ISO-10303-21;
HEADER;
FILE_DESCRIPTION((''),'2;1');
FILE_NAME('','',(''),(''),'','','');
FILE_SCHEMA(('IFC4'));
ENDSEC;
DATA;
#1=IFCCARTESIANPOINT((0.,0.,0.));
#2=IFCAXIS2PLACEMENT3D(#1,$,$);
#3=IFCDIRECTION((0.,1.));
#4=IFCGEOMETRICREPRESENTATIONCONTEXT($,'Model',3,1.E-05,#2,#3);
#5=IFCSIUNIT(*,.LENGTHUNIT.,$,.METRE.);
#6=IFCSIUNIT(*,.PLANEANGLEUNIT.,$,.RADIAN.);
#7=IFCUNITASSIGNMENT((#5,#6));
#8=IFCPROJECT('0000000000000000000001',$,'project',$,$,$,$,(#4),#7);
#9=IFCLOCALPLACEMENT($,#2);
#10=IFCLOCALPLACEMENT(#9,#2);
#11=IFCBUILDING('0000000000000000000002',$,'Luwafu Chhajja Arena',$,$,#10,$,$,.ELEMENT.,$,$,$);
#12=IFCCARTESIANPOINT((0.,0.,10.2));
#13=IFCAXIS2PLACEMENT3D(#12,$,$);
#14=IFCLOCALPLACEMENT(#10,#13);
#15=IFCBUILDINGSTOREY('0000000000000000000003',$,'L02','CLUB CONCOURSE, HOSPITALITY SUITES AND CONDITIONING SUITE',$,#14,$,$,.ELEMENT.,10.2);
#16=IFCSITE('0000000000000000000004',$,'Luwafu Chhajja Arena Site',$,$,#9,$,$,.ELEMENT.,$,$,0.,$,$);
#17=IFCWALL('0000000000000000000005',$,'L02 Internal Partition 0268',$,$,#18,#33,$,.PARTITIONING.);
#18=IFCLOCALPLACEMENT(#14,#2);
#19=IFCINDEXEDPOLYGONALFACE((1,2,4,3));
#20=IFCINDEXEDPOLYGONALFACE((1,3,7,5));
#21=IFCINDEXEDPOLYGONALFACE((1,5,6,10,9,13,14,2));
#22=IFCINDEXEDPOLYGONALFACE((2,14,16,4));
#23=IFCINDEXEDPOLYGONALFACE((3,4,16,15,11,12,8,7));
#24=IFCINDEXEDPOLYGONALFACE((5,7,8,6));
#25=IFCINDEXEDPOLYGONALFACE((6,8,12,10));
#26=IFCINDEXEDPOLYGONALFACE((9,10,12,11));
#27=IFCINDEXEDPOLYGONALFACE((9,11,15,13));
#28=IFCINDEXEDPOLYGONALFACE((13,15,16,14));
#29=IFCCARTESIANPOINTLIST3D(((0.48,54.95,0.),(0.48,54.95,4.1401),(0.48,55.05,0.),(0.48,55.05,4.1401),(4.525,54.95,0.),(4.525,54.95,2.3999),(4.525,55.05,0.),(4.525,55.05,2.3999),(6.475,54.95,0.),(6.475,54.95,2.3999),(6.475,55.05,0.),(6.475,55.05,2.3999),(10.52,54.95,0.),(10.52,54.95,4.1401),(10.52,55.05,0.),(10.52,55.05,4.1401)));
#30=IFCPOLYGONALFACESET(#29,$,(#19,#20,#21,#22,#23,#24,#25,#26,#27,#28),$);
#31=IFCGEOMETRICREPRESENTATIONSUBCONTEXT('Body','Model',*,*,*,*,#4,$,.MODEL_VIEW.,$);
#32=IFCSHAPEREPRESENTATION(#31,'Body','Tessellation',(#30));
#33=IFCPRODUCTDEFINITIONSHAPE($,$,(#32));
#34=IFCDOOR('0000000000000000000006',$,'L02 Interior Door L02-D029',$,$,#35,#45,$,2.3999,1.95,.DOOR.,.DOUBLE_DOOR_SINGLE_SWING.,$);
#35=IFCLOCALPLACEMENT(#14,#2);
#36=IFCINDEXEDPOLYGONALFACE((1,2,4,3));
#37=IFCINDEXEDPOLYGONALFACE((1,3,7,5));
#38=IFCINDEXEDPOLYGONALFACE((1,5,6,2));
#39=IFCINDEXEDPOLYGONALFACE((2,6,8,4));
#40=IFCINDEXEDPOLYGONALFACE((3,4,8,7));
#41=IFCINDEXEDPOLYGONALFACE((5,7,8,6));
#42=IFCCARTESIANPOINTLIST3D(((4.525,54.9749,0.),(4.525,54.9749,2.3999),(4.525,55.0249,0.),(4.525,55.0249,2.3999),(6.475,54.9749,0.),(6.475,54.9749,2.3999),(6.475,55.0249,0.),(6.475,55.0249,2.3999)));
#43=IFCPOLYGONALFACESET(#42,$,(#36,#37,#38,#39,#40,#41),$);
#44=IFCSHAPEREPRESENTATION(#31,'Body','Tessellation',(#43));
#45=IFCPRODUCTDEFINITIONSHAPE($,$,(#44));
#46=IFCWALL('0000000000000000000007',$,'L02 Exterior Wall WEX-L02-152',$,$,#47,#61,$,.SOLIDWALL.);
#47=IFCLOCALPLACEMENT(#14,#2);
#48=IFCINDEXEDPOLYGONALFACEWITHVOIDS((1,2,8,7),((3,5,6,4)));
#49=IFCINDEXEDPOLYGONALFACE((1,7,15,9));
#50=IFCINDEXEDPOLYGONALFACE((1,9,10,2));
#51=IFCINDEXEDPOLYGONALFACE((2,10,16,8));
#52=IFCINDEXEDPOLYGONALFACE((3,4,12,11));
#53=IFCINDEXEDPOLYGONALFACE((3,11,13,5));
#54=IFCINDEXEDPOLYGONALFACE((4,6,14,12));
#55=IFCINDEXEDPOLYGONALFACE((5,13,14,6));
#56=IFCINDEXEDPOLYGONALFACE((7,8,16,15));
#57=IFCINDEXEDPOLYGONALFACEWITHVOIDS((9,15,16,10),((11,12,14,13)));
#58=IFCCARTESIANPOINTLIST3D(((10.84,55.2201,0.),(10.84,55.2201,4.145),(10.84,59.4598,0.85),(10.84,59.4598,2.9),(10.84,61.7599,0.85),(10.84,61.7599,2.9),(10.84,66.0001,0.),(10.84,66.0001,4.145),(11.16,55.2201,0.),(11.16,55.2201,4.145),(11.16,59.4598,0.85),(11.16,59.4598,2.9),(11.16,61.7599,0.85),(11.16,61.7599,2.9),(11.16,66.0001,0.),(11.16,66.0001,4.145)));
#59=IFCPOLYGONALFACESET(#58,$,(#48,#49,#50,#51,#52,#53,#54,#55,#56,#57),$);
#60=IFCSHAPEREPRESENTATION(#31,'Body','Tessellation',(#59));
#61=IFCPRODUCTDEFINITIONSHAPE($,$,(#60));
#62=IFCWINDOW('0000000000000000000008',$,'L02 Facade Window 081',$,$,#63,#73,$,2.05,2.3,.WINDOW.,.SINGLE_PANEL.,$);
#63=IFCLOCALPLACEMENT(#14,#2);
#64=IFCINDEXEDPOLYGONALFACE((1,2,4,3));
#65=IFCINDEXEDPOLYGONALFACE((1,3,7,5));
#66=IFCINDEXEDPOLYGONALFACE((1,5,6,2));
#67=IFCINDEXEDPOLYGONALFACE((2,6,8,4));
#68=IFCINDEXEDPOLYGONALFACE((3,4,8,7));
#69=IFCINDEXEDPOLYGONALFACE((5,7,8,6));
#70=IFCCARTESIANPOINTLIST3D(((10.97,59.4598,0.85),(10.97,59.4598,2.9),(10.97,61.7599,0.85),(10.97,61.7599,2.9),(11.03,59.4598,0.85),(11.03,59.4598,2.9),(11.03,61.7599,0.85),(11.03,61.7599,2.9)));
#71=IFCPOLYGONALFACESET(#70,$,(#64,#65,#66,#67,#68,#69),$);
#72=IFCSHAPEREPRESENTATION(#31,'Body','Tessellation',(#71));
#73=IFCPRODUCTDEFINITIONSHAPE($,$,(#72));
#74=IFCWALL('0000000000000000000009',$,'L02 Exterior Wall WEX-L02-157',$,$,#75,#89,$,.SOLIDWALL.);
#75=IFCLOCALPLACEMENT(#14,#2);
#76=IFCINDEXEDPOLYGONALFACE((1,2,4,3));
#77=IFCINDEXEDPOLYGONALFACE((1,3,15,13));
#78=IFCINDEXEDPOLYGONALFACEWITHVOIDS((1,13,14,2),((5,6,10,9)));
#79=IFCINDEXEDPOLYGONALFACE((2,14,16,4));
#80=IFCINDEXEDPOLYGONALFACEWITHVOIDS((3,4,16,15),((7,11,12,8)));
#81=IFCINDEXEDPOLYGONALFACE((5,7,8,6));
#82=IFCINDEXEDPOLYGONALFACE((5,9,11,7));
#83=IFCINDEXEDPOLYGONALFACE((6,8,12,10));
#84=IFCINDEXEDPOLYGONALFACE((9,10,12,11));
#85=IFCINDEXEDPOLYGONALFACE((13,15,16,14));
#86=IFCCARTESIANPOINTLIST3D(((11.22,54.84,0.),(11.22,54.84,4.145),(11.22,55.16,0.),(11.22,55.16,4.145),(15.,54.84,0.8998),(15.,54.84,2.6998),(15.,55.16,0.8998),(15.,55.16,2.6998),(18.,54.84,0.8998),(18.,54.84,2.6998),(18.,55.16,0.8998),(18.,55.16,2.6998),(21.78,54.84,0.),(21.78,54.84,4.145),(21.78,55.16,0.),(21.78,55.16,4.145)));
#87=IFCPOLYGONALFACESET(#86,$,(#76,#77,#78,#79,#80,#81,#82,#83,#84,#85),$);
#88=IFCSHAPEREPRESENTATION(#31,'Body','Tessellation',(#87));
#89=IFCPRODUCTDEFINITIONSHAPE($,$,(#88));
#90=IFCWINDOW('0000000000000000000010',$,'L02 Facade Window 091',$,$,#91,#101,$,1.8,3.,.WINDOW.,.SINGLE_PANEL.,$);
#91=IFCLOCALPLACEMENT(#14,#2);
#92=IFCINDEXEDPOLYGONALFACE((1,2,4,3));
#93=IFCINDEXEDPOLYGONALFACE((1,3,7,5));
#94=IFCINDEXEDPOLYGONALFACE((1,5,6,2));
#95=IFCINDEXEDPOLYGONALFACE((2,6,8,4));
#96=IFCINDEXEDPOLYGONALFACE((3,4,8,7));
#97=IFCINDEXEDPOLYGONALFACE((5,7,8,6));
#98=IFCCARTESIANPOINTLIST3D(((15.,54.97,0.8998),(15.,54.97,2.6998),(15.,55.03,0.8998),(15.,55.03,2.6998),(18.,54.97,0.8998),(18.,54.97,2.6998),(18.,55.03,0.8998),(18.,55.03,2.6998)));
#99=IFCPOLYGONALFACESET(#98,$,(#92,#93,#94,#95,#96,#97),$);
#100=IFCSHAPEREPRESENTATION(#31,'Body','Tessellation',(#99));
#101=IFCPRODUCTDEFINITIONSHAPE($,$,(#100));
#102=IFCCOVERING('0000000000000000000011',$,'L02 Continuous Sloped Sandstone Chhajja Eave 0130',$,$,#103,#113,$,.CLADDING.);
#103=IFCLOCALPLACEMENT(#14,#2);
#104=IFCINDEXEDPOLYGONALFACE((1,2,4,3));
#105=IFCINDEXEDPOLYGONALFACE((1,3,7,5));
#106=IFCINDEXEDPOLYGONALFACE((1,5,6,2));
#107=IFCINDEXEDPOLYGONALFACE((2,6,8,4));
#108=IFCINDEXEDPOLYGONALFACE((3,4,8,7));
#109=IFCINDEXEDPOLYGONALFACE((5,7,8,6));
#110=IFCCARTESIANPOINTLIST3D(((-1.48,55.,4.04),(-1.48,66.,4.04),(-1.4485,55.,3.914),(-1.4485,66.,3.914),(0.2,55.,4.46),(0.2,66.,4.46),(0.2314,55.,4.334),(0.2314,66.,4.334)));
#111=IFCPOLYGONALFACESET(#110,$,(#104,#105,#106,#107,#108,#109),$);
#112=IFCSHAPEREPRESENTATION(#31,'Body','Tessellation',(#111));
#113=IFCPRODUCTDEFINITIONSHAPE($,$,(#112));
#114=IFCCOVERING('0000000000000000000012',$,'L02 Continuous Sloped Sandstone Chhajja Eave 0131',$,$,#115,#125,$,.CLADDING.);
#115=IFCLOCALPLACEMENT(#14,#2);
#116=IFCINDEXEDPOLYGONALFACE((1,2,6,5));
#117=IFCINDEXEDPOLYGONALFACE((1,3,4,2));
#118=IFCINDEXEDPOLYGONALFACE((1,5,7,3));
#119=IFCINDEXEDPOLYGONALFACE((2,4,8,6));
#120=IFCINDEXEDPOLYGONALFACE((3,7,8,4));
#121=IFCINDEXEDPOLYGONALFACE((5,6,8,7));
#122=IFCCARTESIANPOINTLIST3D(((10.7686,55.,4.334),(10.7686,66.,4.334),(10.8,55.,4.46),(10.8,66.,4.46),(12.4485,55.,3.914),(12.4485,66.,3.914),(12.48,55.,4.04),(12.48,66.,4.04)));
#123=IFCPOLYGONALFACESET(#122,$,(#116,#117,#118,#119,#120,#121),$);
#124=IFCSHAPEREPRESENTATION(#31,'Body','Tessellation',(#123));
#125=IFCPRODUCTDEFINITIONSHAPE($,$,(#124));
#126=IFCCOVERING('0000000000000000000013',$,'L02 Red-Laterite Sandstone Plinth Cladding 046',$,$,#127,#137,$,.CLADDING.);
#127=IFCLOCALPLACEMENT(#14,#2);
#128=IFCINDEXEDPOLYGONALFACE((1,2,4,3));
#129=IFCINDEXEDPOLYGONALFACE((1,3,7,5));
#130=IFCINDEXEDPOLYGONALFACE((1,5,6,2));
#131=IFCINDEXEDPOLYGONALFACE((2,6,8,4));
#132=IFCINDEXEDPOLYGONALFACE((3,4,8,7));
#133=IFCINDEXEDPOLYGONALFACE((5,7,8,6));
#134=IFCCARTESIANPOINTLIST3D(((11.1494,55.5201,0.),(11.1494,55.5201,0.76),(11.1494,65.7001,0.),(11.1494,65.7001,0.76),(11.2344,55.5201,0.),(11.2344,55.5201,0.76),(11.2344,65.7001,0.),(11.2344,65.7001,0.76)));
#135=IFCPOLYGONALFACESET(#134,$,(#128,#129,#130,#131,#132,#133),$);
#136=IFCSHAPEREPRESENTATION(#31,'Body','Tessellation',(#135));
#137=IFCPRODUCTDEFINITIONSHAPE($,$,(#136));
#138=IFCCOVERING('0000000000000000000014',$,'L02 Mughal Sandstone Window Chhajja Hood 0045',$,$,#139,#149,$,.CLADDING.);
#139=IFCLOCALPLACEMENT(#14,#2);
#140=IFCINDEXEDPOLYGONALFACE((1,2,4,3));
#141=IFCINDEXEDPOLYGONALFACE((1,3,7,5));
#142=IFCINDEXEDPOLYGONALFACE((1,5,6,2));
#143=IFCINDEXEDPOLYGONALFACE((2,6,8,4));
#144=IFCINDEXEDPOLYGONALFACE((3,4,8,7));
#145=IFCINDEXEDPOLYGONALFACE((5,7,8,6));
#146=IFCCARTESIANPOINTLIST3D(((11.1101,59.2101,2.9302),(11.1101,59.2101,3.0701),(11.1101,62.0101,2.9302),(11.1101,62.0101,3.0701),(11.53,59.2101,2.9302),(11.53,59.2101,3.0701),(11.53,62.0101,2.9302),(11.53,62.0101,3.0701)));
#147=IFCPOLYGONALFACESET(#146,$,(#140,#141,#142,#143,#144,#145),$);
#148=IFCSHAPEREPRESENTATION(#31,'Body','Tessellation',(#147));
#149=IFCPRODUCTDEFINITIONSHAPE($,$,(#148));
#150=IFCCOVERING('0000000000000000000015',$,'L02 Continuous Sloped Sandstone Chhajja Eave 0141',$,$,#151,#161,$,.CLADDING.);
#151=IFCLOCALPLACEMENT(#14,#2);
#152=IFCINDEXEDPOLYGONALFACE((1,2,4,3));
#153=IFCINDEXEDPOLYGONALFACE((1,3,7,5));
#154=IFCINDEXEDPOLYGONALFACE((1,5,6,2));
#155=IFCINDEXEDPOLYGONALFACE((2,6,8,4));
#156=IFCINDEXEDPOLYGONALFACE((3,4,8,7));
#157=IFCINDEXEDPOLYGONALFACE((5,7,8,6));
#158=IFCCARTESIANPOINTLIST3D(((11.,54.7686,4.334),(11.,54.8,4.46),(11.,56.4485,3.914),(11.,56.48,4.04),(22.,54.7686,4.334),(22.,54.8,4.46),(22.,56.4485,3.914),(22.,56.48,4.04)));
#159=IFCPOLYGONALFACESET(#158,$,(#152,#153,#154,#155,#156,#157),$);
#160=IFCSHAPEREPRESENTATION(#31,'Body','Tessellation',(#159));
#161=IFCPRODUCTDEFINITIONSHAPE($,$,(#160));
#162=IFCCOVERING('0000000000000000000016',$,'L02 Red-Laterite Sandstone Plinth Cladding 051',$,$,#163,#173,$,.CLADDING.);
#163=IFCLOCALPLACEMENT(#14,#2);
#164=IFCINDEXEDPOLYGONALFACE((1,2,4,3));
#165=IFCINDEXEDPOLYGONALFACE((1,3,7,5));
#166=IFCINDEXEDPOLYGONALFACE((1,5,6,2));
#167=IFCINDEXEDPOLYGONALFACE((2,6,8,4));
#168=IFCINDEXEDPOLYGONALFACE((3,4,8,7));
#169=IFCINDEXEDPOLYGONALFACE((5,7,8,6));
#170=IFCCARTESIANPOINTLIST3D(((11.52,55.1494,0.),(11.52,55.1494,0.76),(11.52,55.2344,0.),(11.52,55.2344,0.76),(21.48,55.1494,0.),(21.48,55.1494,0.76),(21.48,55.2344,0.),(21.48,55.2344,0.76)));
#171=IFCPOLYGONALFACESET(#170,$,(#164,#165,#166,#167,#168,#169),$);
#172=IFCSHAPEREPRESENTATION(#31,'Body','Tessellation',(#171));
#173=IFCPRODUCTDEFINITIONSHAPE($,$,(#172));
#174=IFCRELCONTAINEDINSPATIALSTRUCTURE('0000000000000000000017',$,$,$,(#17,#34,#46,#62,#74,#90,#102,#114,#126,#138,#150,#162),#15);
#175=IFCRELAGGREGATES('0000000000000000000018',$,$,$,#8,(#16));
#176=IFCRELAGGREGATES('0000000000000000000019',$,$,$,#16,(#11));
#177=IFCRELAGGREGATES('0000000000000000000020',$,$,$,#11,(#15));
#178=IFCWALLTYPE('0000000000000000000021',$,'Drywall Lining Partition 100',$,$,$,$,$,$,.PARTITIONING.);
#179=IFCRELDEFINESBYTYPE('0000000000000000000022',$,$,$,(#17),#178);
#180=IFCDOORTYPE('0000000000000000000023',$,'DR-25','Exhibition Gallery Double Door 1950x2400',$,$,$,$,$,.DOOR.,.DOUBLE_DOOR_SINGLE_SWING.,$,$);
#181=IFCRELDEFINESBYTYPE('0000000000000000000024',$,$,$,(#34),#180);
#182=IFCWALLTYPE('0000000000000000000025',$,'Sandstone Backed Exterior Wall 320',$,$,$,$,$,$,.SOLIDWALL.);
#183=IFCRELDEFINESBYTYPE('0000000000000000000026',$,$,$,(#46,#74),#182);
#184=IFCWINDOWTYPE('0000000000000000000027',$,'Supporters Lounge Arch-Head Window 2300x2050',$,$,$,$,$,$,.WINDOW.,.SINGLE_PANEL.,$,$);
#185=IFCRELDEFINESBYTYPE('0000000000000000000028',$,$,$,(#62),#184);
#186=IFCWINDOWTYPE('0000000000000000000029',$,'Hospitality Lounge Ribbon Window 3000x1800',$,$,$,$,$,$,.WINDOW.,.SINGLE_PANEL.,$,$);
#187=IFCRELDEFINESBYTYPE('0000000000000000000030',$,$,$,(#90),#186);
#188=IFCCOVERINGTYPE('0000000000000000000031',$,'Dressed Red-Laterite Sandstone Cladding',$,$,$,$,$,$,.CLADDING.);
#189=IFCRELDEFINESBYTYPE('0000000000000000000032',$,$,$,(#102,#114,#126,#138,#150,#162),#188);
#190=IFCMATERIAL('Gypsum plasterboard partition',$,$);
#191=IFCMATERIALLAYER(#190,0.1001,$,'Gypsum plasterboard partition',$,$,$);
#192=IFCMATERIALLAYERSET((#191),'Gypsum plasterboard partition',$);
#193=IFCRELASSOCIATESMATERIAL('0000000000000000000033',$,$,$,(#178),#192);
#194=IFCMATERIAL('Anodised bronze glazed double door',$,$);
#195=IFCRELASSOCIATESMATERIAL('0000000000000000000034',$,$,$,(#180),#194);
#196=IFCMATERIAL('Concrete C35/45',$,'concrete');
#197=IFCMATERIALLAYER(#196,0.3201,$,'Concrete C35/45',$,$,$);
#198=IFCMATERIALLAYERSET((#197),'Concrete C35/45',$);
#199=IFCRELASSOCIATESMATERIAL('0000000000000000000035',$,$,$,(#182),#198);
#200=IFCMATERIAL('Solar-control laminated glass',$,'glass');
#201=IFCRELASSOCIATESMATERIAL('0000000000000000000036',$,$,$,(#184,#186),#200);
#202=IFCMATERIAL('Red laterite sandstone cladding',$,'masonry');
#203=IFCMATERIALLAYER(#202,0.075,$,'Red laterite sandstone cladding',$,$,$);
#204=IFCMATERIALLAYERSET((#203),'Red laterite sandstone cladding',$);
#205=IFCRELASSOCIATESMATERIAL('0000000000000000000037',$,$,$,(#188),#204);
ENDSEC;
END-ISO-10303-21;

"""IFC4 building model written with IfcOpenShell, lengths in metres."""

from ifc_helpers import new_model, si_unit, direction, frame, frame_2d, origin, origin_2d, place, context, subcontext, project, spatial, polyline, rectangle, outline, extrude, material, layer, layer_set, type_object, element, fill, save


model = new_model("IFC4")

# Units and contexts
model_context = context("Model", 3, precision=1e-05, world=origin(), true_north=direction((0.0, 1.0)))
body_context = subcontext(model_context, "Body", "Model", "MODEL_VIEW")
ifc_project = project(units=[si_unit("LENGTHUNIT", "METRE"), si_unit("PLANEANGLEUNIT", "RADIAN")], contexts=[model_context])

# Site, building, storey
site_placement = place(None, origin())
site = spatial("IfcSite", under=ifc_project, at=site_placement, Name="Luwafu Chhajja Arena Site", CompositionType="ELEMENT", RefElevation=0.0)
building_placement = place(site_placement, origin())
building = spatial("IfcBuilding", under=site, at=building_placement, Name="Luwafu Chhajja Arena", CompositionType="ELEMENT")
storey_placement = place(building_placement, frame((0.0, 0.0, 10.2)))
storey = spatial("IfcBuildingStorey", under=building, at=storey_placement, Name="L02", Description="CLUB CONCOURSE, HOSPITALITY SUITES AND CONDITIONING SUITE", CompositionType="ELEMENT", Elevation=10.2)

# Shared definitions
ifc_material_1 = material(Name="Concrete C35/45", Category="concrete")

# Shared definitions
ifc_material_2 = material(Name="Solar-control laminated glass", Category="glass")

# Wall, opening, door
ifc_material_3 = material(Name="Gypsum plasterboard partition")
ifc_layer_1 = layer(ifc_material_3, 0.1001, Name="Gypsum plasterboard partition")
ifc_layer_set_1 = layer_set([ifc_layer_1], Name="Gypsum plasterboard partition")
wall_type_1 = type_object("IfcWallType", Name="Drywall Lining Partition 100", PredefinedType="PARTITIONING", material=ifc_layer_set_1)
wall_1_placement = place(storey_placement, frame((0.48, 55.0, 0.0), z_axis=(0.0, 0.0, 1.0), x_axis=(1.0, 0.0, 0.0)))
wall_1 = element("IfcWall", 1, at=wall_1_placement, inside=storey, type_object=wall_type_1, Name="L02 Internal Partition 0268", PredefinedType="PARTITIONING", context=body_context, shape_type="SweptSolid", body=[
    extrude(rectangle(XDim=10.04, YDim=0.1001, at=frame_2d((5.02, 0.0))), origin(), (0.0, 0.0, 1.0), 4.1401),
])
opening_1_placement = place(wall_1_placement, frame((4.0449, 0.0, 0.0)))
opening_1 = element("IfcOpeningElement", 2, at=opening_1_placement, cuts=wall_1, PredefinedType="OPENING", context=body_context, shape_type="SweptSolid", body=[
    extrude(rectangle(XDim=1.95, YDim=2.3999, at=frame_2d((0.9751, 1.2))), frame((0.0, 0.0601, 0.0), z_axis=(0.0, -1.0, 0.0), x_axis=(1.0, 0.0, 0.0)), (0.0, 0.0, 1.0), 0.1201),
])
ifc_material_4 = material(Name="Anodised bronze glazed double door")
door_type = type_object("IfcDoorType", Name="DR-25", Description="Exhibition Gallery Double Door 1950x2400", OperationType="DOUBLE_DOOR_SINGLE_SWING", PredefinedType="DOOR", material=ifc_material_4)
door_placement = place(opening_1_placement, origin())
door = element("IfcDoor", 3, at=door_placement, inside=storey, type_object=door_type, Name="L02 Interior Door L02-D029", OperationType="DOUBLE_DOOR_SINGLE_SWING", OverallHeight=2.3999, OverallWidth=1.95, PredefinedType="DOOR", context=body_context, shape_type="SweptSolid", body=[
    extrude(rectangle(XDim=1.95, YDim=2.3999, at=frame_2d((0.9751, 1.2))), frame((0.0, 0.0249, 0.0), z_axis=(0.0, -1.0, 0.0), x_axis=(1.0, 0.0, 0.0)), (0.0, 0.0, 1.0), 0.05),
])
fill(opening_1, door)

# Walls, openings, windows
ifc_layer_2 = layer(ifc_material_1, 0.3201, Name="Concrete C35/45")
ifc_layer_set_2 = layer_set([ifc_layer_2], Name="Concrete C35/45")
wall_type_2 = type_object("IfcWallType", Name="Sandstone Backed Exterior Wall 320", PredefinedType="SOLIDWALL", material=ifc_layer_set_2)
wall_2_placement = place(storey_placement, frame((11.0, 55.22, 0.0), z_axis=(0.0, 0.0, 1.0), x_axis=(0.0, 1.0, 0.0)))
wall_2 = element("IfcWall", 4, at=wall_2_placement, inside=storey, type_object=wall_type_2, Name="L02 Exterior Wall WEX-L02-152", PredefinedType="SOLIDWALL", context=body_context, shape_type="SweptSolid", body=[
    extrude(rectangle(XDim=10.78, YDim=0.3201, at=frame_2d((5.3901, 0.0))), origin(), (0.0, 0.0, 1.0), 4.145),
])
opening_2_placement = place(wall_2_placement, frame((4.24, 0.0, 0.8501)))
opening_2 = element("IfcOpeningElement", 5, at=opening_2_placement, cuts=wall_2, PredefinedType="OPENING", context=body_context, shape_type="SweptSolid", body=[
    extrude(rectangle(XDim=2.3, YDim=2.05, at=frame_2d((1.1499, 1.0249))), frame((0.0, 0.1699, 0.0), z_axis=(0.0, -1.0, 0.0), x_axis=(1.0, 0.0, 0.0)), (0.0, 0.0, 1.0), 0.3401),
])
window_type_1 = type_object("IfcWindowType", Name="Supporters Lounge Arch-Head Window 2300x2050", PartitioningType="SINGLE_PANEL", PredefinedType="WINDOW", material=ifc_material_2)
window_1_placement = place(opening_2_placement, origin())
window_1 = element("IfcWindow", 6, at=window_1_placement, inside=storey, type_object=window_type_1, Name="L02 Facade Window 081", OverallHeight=2.05, OverallWidth=2.3, PartitioningType="SINGLE_PANEL", PredefinedType="WINDOW", context=body_context, shape_type="SweptSolid", body=[
    extrude(rectangle(XDim=2.3, YDim=2.05, at=frame_2d((1.1499, 1.0249))), frame((0.0, 0.03, 0.0), z_axis=(0.0, -1.0, 0.0), x_axis=(1.0, 0.0, 0.0)), (0.0, 0.0, 1.0), 0.0601),
])
fill(opening_2, window_1)
wall_3_placement = place(storey_placement, frame((11.22, 55.0, 0.0), z_axis=(0.0, 0.0, 1.0), x_axis=(1.0, 0.0, 0.0)))
wall_3 = element("IfcWall", 7, at=wall_3_placement, inside=storey, type_object=wall_type_2, Name="L02 Exterior Wall WEX-L02-157", PredefinedType="SOLIDWALL", context=body_context, shape_type="SweptSolid", body=[
    extrude(rectangle(XDim=10.5601, YDim=0.3201, at=frame_2d((5.28, 0.0))), origin(), (0.0, 0.0, 1.0), 4.145),
])
opening_3_placement = place(wall_3_placement, frame((3.78, 0.0, 0.8999)))
opening_3 = element("IfcOpeningElement", 8, at=opening_3_placement, cuts=wall_3, PredefinedType="OPENING", context=body_context, shape_type="SweptSolid", body=[
    extrude(rectangle(XDim=3.0, YDim=1.8, at=frame_2d((1.5, 0.8999))), frame((0.0, 0.1699, 0.0), z_axis=(0.0, -1.0, 0.0), x_axis=(1.0, 0.0, 0.0)), (0.0, 0.0, 1.0), 0.3401),
])
window_type_2 = type_object("IfcWindowType", Name="Hospitality Lounge Ribbon Window 3000x1800", PartitioningType="SINGLE_PANEL", PredefinedType="WINDOW", material=ifc_material_2)
window_2_placement = place(opening_3_placement, origin())
window_2 = element("IfcWindow", 9, at=window_2_placement, inside=storey, type_object=window_type_2, Name="L02 Facade Window 091", OverallHeight=1.8, OverallWidth=3.0, PartitioningType="SINGLE_PANEL", PredefinedType="WINDOW", context=body_context, shape_type="SweptSolid", body=[
    extrude(rectangle(XDim=3.0, YDim=1.8, at=frame_2d((1.5, 0.8999))), frame((0.0, 0.03, 0.0), z_axis=(0.0, -1.0, 0.0), x_axis=(1.0, 0.0, 0.0)), (0.0, 0.0, 1.0), 0.0601),
])
fill(opening_3, window_2)

# Coverings
ifc_material_5 = material(Name="Red laterite sandstone cladding", Category="masonry")
ifc_layer_3 = layer(ifc_material_5, 0.075, Name="Red laterite sandstone cladding")
ifc_layer_set_3 = layer_set([ifc_layer_3], Name="Red laterite sandstone cladding")
covering_type = type_object("IfcCoveringType", Name="Dressed Red-Laterite Sandstone Cladding", PredefinedType="CLADDING", material=ifc_layer_set_3)
covering_1_placement = place(storey_placement, frame((0.2, 55.0, 4.46), z_axis=(-0.242502, 0.0, 0.970151), x_axis=(0.0, 1.0, 0.0)))
element("IfcCovering", 10, at=covering_1_placement, inside=storey, type_object=covering_type, Name="L02 Continuous Sloped Sandstone Chhajja Eave 0130", PredefinedType="CLADDING", context=body_context, shape_type="SweptSolid", body=[
    extrude(outline(polyline([(0.0, 0.0), (11.0, 0.0), (11.0, 1.7316), (0.0, 1.7316), (0.0, 0.0)])), origin(), (0.0, 0.0, -1.0), 0.1299),
])
covering_2_placement = place(storey_placement, frame((10.8, 55.0, 4.46), z_axis=(0.242502, 0.0, 0.970151), x_axis=(0.0, 1.0, 0.0)))
element("IfcCovering", 11, at=covering_2_placement, inside=storey, type_object=covering_type, Name="L02 Continuous Sloped Sandstone Chhajja Eave 0131", PredefinedType="CLADDING", context=body_context, shape_type="SweptSolid", body=[
    extrude(outline(polyline([(0.0, 0.0), (11.0, 0.0), (11.0, -1.7316), (0.0, -1.7316), (0.0, 0.0)])), origin(), (0.0, 0.0, -1.0), 0.1299),
])
covering_3_placement = place(storey_placement, frame((11.1919, 60.6101, 0.0), z_axis=(0.0, 0.0, 1.0), x_axis=(0.0, 1.0, 0.0)))
element("IfcCovering", 12, at=covering_3_placement, inside=storey, type_object=covering_type, Name="L02 Red-Laterite Sandstone Plinth Cladding 046", PredefinedType="CLADDING", context=body_context, shape_type="SweptSolid", body=[
    extrude(rectangle(XDim=10.1799, YDim=0.085, at=origin_2d()), origin(), (0.0, 0.0, 1.0), 0.76),
])
covering_4_placement = place(storey_placement, frame((11.3201, 60.6101, 2.9302), z_axis=(0.0, 0.0, 1.0), x_axis=(0.0, 1.0, 0.0)))
element("IfcCovering", 13, at=covering_4_placement, inside=storey, type_object=covering_type, Name="L02 Mughal Sandstone Window Chhajja Hood 0045", PredefinedType="CLADDING", context=body_context, shape_type="SweptSolid", body=[
    extrude(rectangle(XDim=2.8, YDim=0.4199, at=origin_2d()), origin(), (0.0, 0.0, 1.0), 0.1399),
])
covering_5_placement = place(storey_placement, frame((11.0, 54.8, 4.46), z_axis=(0.0, 0.242502, 0.970151), x_axis=(1.0, 0.0, 0.0)))
element("IfcCovering", 14, at=covering_5_placement, inside=storey, type_object=covering_type, Name="L02 Continuous Sloped Sandstone Chhajja Eave 0141", PredefinedType="CLADDING", context=body_context, shape_type="SweptSolid", body=[
    extrude(outline(polyline([(0.0, 0.0), (11.0, 0.0), (11.0, 1.7316), (0.0, 1.7316), (0.0, 0.0)])), origin(), (0.0, 0.0, -1.0), 0.1299),
])
covering_6_placement = place(storey_placement, frame((16.5, 55.1919, 0.0), z_axis=(0.0, 0.0, 1.0), x_axis=(1.0, 0.0, 0.0)))
element("IfcCovering", 15, at=covering_6_placement, inside=storey, type_object=covering_type, Name="L02 Red-Laterite Sandstone Plinth Cladding 051", PredefinedType="CLADDING", context=body_context, shape_type="SweptSolid", body=[
    extrude(rectangle(XDim=9.96, YDim=0.085, at=origin_2d()), origin(), (0.0, 0.0, 1.0), 0.76),
])

save(model, "model.ifc")
